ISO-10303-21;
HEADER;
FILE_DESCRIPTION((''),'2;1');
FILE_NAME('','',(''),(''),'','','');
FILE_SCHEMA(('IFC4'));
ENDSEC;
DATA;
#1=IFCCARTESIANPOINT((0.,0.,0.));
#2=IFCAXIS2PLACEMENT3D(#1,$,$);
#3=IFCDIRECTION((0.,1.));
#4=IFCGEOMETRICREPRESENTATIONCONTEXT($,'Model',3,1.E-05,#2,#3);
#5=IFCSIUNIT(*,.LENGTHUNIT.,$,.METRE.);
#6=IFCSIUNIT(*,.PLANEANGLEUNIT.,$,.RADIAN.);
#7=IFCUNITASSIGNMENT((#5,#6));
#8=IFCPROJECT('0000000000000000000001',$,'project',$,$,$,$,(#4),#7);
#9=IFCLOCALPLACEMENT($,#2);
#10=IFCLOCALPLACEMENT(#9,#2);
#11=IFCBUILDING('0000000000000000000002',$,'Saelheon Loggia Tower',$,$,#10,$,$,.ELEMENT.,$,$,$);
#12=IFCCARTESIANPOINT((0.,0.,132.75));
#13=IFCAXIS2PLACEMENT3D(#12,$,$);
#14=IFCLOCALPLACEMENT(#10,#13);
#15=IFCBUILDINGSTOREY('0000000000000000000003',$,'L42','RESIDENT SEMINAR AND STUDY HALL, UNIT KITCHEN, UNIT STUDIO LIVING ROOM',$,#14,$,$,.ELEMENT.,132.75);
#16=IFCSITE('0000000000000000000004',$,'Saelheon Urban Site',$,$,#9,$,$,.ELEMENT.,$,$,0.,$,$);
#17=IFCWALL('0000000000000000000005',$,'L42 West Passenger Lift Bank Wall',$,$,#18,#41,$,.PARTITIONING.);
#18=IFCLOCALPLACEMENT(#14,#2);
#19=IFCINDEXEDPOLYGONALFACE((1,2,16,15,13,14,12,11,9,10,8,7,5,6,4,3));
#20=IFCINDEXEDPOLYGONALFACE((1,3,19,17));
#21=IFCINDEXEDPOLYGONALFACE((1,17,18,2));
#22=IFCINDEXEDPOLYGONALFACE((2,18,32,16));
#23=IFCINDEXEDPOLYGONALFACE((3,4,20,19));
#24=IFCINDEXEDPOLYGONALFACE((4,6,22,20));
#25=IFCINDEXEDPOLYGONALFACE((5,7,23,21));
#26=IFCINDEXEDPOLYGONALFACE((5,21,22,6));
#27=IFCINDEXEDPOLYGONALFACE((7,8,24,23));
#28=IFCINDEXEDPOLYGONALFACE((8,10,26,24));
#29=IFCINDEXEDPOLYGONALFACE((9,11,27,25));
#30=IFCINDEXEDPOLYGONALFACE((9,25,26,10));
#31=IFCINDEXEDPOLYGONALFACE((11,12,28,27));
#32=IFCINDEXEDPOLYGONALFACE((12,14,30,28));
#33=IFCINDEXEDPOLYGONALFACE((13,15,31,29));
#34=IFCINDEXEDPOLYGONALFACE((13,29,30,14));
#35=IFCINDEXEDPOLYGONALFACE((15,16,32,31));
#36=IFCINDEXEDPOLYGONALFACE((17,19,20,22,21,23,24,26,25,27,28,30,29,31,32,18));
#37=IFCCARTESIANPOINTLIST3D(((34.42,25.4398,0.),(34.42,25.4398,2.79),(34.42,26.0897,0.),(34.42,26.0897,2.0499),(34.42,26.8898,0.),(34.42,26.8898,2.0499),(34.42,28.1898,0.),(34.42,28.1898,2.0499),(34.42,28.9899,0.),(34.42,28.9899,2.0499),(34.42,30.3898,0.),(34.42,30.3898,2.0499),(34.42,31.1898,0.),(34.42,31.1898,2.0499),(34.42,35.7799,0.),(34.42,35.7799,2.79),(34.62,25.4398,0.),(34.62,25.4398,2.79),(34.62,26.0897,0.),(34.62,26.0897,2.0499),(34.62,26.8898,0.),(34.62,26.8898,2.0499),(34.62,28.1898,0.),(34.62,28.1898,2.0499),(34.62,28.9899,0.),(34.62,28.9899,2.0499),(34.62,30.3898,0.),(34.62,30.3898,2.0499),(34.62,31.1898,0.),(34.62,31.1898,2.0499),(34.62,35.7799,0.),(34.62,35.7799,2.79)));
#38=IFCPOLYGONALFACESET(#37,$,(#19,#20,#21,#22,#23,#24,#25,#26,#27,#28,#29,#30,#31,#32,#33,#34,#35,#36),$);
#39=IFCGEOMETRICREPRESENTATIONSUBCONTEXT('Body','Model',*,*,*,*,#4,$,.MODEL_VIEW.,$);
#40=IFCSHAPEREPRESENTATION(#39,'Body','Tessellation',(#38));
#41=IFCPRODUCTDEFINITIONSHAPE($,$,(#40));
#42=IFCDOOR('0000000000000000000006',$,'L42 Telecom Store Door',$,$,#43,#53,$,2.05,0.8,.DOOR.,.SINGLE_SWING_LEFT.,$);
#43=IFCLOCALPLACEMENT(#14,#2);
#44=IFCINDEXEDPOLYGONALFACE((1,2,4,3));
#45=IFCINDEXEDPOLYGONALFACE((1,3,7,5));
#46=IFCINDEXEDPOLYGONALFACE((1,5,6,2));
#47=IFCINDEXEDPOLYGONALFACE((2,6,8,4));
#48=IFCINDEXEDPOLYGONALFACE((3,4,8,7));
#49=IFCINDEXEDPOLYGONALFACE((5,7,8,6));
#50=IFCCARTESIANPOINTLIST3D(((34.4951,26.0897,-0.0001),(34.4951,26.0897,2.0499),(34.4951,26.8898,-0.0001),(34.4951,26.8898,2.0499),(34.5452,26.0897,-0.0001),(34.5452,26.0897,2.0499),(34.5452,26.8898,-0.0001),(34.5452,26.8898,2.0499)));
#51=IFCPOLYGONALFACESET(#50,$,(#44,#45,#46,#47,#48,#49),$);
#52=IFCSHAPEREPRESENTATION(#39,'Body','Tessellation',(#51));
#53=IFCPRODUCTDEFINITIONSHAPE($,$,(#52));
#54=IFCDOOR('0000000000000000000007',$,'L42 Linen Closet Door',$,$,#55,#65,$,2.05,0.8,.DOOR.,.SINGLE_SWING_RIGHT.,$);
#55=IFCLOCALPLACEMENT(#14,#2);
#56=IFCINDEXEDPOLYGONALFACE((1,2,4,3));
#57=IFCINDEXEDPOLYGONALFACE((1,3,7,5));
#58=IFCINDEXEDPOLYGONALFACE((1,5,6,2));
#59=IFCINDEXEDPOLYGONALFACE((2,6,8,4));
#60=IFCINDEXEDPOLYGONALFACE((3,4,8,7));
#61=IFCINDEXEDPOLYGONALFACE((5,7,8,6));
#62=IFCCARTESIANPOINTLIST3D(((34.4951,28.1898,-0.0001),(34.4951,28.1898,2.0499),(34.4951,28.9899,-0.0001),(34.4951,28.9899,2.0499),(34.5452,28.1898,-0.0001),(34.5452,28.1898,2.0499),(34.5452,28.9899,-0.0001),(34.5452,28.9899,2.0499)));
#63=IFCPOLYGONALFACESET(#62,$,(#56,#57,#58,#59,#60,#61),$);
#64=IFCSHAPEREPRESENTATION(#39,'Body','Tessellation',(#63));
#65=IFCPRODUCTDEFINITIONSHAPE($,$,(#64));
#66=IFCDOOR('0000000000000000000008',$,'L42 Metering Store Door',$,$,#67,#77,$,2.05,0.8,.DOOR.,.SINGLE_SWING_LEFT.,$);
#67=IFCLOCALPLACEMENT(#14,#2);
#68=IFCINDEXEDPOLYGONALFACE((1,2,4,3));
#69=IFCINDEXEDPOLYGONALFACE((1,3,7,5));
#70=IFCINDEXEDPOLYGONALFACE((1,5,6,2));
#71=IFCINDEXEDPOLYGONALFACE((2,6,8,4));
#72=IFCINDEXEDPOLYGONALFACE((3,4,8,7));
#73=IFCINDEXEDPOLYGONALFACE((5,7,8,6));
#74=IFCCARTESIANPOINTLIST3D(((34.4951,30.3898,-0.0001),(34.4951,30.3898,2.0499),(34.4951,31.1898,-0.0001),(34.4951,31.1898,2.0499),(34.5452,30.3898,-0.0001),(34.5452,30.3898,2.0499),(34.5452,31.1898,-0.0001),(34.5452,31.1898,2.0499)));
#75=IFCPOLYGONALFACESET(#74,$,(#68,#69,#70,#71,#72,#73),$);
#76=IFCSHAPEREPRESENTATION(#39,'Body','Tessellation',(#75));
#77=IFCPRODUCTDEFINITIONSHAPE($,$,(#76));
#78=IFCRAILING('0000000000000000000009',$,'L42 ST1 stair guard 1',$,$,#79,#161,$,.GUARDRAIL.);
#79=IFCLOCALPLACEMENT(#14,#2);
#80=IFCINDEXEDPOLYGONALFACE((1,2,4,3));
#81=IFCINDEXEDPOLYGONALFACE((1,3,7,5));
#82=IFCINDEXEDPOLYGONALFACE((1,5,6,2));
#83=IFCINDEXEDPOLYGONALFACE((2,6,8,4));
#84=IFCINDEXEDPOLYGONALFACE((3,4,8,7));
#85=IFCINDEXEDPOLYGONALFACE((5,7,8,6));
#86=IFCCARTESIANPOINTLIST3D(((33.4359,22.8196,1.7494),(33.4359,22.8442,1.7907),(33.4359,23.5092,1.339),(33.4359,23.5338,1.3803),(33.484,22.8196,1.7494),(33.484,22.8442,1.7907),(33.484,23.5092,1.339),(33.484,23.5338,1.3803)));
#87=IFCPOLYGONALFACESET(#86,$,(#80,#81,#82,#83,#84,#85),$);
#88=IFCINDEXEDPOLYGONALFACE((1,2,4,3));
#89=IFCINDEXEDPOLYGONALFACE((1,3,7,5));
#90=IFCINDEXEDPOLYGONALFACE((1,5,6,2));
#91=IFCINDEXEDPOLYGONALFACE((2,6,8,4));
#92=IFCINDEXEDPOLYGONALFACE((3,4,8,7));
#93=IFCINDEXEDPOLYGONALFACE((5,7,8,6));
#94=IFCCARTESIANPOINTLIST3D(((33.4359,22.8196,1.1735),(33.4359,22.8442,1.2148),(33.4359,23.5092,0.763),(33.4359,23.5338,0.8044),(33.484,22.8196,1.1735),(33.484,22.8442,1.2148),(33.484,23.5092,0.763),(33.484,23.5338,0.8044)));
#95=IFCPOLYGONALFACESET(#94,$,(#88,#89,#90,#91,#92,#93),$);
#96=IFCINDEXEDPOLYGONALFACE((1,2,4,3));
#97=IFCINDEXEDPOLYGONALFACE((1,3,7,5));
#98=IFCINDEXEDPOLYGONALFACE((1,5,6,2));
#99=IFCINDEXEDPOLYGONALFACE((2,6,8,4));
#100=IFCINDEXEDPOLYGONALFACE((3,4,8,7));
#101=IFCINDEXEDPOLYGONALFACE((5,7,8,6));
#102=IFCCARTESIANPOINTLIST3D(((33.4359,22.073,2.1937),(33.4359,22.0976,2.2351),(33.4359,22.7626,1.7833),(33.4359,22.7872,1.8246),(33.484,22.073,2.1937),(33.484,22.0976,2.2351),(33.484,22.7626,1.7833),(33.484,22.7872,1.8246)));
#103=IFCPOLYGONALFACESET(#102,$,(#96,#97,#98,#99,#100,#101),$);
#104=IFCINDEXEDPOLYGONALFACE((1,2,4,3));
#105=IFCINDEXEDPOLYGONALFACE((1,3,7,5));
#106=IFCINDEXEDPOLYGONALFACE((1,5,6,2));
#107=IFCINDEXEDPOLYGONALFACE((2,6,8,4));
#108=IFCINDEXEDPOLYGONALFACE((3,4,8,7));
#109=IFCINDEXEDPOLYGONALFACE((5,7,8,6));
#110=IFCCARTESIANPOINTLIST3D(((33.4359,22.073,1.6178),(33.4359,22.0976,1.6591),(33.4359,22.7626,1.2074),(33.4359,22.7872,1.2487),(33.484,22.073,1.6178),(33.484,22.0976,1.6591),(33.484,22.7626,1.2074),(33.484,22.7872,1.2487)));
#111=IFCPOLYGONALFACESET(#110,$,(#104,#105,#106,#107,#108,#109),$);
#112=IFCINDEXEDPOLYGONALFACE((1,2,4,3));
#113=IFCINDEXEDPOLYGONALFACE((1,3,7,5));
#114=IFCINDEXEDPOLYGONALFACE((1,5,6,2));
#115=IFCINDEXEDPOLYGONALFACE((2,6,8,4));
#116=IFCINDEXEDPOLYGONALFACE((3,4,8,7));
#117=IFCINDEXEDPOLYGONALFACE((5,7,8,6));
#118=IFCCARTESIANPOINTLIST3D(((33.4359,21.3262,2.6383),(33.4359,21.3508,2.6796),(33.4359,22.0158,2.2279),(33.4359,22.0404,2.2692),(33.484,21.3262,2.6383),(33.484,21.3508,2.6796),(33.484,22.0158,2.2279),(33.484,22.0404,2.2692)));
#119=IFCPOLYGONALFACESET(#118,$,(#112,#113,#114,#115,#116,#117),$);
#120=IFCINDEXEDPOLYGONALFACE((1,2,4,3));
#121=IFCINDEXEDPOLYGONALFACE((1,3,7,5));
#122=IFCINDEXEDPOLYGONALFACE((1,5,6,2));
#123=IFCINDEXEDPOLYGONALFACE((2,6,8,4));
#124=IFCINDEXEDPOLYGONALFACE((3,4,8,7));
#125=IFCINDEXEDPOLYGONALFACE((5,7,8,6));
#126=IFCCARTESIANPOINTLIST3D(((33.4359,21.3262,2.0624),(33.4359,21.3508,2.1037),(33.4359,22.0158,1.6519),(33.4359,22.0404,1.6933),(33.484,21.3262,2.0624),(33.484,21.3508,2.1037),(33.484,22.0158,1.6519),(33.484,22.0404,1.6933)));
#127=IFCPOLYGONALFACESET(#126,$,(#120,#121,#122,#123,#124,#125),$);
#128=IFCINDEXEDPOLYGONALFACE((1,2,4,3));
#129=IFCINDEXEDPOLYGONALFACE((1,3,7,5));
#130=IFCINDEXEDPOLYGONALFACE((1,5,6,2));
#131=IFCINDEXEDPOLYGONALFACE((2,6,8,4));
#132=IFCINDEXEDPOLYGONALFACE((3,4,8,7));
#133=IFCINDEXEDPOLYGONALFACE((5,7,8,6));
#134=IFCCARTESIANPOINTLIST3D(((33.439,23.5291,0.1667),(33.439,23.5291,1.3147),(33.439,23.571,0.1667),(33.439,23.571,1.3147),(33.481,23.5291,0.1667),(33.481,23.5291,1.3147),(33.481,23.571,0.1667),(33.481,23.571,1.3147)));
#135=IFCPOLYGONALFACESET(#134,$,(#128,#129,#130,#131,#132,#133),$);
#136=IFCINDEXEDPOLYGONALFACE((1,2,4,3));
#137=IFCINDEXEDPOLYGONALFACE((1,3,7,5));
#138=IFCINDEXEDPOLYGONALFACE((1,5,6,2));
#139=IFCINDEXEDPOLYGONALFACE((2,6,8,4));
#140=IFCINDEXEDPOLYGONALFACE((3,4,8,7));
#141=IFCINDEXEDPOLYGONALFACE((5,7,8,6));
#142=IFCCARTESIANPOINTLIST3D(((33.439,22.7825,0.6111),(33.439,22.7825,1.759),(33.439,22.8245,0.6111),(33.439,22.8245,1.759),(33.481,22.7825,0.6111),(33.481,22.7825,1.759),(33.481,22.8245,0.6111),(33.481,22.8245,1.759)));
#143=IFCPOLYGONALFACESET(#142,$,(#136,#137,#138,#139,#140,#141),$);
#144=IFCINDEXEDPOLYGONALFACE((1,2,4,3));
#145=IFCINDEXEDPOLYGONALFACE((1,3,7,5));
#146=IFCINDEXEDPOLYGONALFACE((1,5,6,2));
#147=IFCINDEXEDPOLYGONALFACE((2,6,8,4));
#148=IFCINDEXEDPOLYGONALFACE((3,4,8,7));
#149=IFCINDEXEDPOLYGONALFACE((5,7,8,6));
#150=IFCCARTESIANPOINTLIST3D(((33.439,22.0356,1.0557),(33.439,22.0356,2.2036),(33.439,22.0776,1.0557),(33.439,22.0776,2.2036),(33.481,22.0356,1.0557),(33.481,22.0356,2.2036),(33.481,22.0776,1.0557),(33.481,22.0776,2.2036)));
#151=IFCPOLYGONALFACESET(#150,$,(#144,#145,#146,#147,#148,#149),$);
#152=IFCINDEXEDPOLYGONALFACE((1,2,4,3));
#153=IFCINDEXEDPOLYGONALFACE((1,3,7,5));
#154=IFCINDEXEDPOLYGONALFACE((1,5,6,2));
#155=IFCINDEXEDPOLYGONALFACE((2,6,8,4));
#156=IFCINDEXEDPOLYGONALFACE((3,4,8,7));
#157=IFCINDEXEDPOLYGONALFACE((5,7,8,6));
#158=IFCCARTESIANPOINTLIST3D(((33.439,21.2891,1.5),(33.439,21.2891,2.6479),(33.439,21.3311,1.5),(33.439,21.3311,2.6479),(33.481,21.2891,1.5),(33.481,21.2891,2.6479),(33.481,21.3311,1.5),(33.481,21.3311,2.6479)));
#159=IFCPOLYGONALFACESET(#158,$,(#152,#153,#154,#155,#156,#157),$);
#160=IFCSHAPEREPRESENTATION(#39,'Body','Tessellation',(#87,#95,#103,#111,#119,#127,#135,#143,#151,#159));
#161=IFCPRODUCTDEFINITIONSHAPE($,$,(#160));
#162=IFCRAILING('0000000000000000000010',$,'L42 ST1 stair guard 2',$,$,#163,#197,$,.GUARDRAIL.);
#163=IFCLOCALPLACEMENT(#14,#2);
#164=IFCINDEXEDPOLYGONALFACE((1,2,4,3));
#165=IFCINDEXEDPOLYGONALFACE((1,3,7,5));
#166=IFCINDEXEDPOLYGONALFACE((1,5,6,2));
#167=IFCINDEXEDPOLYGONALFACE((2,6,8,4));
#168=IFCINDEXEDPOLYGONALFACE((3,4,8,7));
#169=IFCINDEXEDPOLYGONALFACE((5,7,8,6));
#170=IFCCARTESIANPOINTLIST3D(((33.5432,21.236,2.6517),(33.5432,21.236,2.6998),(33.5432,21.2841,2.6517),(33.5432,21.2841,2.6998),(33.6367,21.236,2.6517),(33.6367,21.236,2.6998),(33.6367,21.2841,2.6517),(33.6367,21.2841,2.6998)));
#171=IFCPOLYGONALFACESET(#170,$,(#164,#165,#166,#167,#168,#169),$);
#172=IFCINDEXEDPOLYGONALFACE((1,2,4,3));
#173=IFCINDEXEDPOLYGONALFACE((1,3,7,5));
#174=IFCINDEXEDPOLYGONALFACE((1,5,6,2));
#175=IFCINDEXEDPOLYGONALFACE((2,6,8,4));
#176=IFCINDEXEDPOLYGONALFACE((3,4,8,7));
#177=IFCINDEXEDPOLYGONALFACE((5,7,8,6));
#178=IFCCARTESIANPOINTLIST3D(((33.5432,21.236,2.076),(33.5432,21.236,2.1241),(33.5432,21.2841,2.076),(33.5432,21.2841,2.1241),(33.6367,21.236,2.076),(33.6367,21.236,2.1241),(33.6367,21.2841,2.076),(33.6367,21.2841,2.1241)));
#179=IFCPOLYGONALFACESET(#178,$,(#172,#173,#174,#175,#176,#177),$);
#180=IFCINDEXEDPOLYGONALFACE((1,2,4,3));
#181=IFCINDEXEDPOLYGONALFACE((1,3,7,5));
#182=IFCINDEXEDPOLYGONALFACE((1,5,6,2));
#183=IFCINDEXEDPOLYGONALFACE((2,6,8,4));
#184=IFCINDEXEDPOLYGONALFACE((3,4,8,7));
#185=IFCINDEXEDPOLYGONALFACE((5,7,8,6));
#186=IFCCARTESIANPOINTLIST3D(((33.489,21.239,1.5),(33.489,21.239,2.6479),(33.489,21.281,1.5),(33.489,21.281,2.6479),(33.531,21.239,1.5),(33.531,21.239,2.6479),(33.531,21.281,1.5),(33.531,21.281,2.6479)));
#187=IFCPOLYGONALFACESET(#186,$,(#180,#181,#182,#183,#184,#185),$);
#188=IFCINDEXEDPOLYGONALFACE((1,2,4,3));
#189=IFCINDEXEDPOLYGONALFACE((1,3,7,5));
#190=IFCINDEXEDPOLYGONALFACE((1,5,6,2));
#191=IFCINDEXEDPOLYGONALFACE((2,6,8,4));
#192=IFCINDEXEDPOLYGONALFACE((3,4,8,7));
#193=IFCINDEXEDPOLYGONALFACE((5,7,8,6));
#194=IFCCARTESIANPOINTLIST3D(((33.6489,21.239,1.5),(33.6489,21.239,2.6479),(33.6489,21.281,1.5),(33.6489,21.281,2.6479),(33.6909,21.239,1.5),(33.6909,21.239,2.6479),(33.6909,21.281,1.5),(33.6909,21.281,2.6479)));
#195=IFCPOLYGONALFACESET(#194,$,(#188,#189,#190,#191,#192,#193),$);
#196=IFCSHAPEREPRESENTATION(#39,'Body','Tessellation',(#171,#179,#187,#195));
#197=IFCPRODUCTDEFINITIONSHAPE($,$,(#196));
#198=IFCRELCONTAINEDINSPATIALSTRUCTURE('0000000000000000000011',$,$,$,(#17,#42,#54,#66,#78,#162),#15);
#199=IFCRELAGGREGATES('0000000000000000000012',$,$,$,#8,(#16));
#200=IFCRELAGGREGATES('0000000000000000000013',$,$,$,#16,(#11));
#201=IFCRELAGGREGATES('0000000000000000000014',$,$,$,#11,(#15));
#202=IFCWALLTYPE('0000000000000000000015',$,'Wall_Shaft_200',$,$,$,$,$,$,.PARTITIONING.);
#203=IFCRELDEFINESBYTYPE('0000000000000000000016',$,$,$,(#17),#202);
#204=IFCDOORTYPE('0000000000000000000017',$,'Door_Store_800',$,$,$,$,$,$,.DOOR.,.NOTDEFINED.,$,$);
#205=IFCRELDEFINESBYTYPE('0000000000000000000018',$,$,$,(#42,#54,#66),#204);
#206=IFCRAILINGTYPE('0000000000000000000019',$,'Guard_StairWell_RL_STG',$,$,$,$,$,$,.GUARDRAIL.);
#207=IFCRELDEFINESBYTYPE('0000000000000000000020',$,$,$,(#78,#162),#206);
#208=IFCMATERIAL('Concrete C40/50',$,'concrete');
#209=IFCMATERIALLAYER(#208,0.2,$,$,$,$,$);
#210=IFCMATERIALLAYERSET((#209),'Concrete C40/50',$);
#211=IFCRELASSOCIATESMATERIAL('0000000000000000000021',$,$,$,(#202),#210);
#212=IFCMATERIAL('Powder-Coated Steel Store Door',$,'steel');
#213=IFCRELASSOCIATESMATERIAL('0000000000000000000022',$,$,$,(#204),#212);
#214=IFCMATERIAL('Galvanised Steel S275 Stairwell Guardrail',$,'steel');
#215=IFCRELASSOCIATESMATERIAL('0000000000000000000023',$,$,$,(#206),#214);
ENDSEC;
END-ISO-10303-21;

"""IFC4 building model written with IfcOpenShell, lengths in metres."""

from ifc_helpers import new_model, si_unit, direction, frame, frame_2d, origin, origin_2d, place, context, subcontext, project, spatial, rectangle, extrude, source, transform, mapped, material, layer, layer_set, type_object, element, fill, save


model = new_model("IFC4")

# Units and contexts
model_context = context("Model", 3, precision=1e-05, world=origin(), true_north=direction((0.0, 1.0)))
body_context = subcontext(model_context, "Body", "Model", "MODEL_VIEW")
ifc_project = project(units=[si_unit("LENGTHUNIT", "METRE"), si_unit("PLANEANGLEUNIT", "RADIAN")], contexts=[model_context])

# Site, building, storey
site_placement = place(None, origin())
site = spatial("IfcSite", under=ifc_project, at=site_placement, Name="Saelheon Urban Site", CompositionType="ELEMENT", RefElevation=0.0)
building_placement = place(site_placement, origin())
building = spatial("IfcBuilding", under=site, at=building_placement, Name="Saelheon Loggia Tower", CompositionType="ELEMENT")
storey_placement = place(building_placement, frame((0.0, 0.0, 132.75)))
storey = spatial("IfcBuildingStorey", under=building, at=storey_placement, Name="L42", Description="RESIDENT SEMINAR AND STUDY HALL, UNIT KITCHEN, UNIT STUDIO LIVING ROOM", CompositionType="ELEMENT", Elevation=132.75)

# Shared definitions
ifc_material_1 = material(Name="Concrete C40/50", Category="concrete")
ifc_layer = layer(ifc_material_1, 0.2)
ifc_layer_set = layer_set([ifc_layer], Name="Concrete C40/50")
wall_type = type_object("IfcWallType", Name="Wall_Shaft_200", PredefinedType="PARTITIONING", material=ifc_layer_set)
ifc_material_2 = material(Name="Powder-Coated Steel Store Door", Category="steel")
door_type_1 = type_object("IfcDoorType", Name="Door_Store_800", OperationType="NOTDEFINED", PredefinedType="DOOR", material=ifc_material_2)
shared_shape_1 = source(origin(), body_context, "Body", "SweptSolid", [
    extrude(rectangle(XDim=0.8, YDim=2.05, at=frame_2d((0.3999, 1.0249))), frame((0.0, 0.0249, 0.0), z_axis=(0.0, -1.0, 0.0), x_axis=(1.0, 0.0, 0.0)), (0.0, 0.0, 1.0), 0.05),
])

# Wall, openings, doors
wall_1_placement = place(storey_placement, frame((34.52, 25.4399, 0.0), z_axis=(0.0, 0.0, 1.0), x_axis=(0.0, 1.0, 0.0)))
wall_1 = element("IfcWall", 1, at=wall_1_placement, inside=storey, type_object=wall_type, Name="L42 West Passenger Lift Bank Wall", PredefinedType="PARTITIONING", context=body_context, shape_type="SweptSolid", body=[
    extrude(rectangle(XDim=10.3401, YDim=0.2, at=frame_2d((5.1699, 0.0))), origin(), (0.0, 0.0, 1.0), 2.79),
])
opening_1_placement = place(wall_1_placement, frame((0.6499, 0.0, 0.0)))
opening_1 = element("IfcOpeningElement", 2, at=opening_1_placement, cuts=wall_1, PredefinedType="OPENING", context=body_context, shape_type="SweptSolid", body=[
    extrude(rectangle(XDim=0.8, YDim=2.05, at=frame_2d((0.3999, 1.0249))), frame((0.0, 0.1121, 0.0), z_axis=(0.0, -1.0, 0.0), x_axis=(1.0, 0.0, 0.0)), (0.0, 0.0, 1.0), 0.2239),
])
opening_2_placement = place(wall_1_placement, frame((2.75, 0.0, 0.0)))
opening_2 = element("IfcOpeningElement", 3, at=opening_2_placement, cuts=wall_1, PredefinedType="OPENING", context=body_context, shape_type="SweptSolid", body=[
    extrude(rectangle(XDim=0.8, YDim=2.05, at=frame_2d((0.3999, 1.0249))), frame((0.0, 0.1121, 0.0), z_axis=(0.0, -1.0, 0.0), x_axis=(1.0, 0.0, 0.0)), (0.0, 0.0, 1.0), 0.2239),
])
opening_3_placement = place(wall_1_placement, frame((4.95, 0.0, 0.0)))
opening_3 = element("IfcOpeningElement", 4, at=opening_3_placement, cuts=wall_1, PredefinedType="OPENING", context=body_context, shape_type="SweptSolid", body=[
    extrude(rectangle(XDim=0.8, YDim=2.05, at=frame_2d((0.3999, 1.0249))), frame((0.0, 0.1121, 0.0), z_axis=(0.0, -1.0, 0.0), x_axis=(1.0, 0.0, 0.0)), (0.0, 0.0, 1.0), 0.2239),
])
door_1_placement = place(opening_1_placement, origin())
door_1 = element("IfcDoor", 5, at=door_1_placement, inside=storey, type_object=door_type_1, Name="L42 Telecom Store Door", OperationType="SINGLE_SWING_LEFT", OverallHeight=2.05, OverallWidth=0.8, PredefinedType="DOOR", context=body_context, shape_type="MappedRepresentation", body=[
    mapped(shared_shape_1, transform((0.0, 0.0, 0.0), scale=1.0)),
])
fill(opening_1, door_1)
door_2_placement = place(opening_2_placement, origin())
door_2 = element("IfcDoor", 6, at=door_2_placement, inside=storey, type_object=door_type_1, Name="L42 Linen Closet Door", OperationType="SINGLE_SWING_RIGHT", OverallHeight=2.05, OverallWidth=0.8, PredefinedType="DOOR", context=body_context, shape_type="MappedRepresentation", body=[
    mapped(shared_shape_1, transform((0.0, 0.0, 0.0), scale=1.0)),
])
fill(opening_2, door_2)
door_3_placement = place(opening_3_placement, origin())
door_3 = element("IfcDoor", 7, at=door_3_placement, inside=storey, type_object=door_type_1, Name="L42 Metering Store Door", OperationType="SINGLE_SWING_LEFT", OverallHeight=2.05, OverallWidth=0.8, PredefinedType="DOOR", context=body_context, shape_type="MappedRepresentation", body=[
    mapped(shared_shape_1, transform((0.0, 0.0, 0.0), scale=1.0)),
])
fill(opening_3, door_3)

# Railings
ifc_material_3 = material(Name="Galvanised Steel S275 Stairwell Guardrail", Category="steel")
railing_type_1 = type_object("IfcRailingType", Name="Guard_StairWell_RL_STG", PredefinedType="GUARDRAIL", material=ifc_material_3)
railing_1_placement = place(storey_placement, frame((33.46, 23.55, 0.1667)))
element("IfcRailing", 8, at=railing_1_placement, inside=storey, type_object=railing_type_1, Name="L42 ST1 stair guard 1", PredefinedType="GUARDRAIL", context=body_context, shape_type="SweptSolid", body=[
    extrude(rectangle(XDim=0.0481, YDim=0.0481, at=origin_2d()), frame((0.0, -0.0286, 1.1929), z_axis=(0.0, -0.859306, 0.511462), x_axis=(1.0, 0.0, 0.0)), (0.0, 0.0, 1.0), 0.8025),
    extrude(rectangle(XDim=0.0481, YDim=0.0481, at=origin_2d()), frame((0.0, -0.0286, 0.6169), z_axis=(0.0, -0.859306, 0.511462), x_axis=(1.0, 0.0, 0.0)), (0.0, 0.0, 1.0), 0.8025),
    extrude(rectangle(XDim=0.0481, YDim=0.0481, at=origin_2d()), frame((0.0, -0.7751, 1.6372), z_axis=(0.0, -0.859306, 0.511462), x_axis=(1.0, 0.0, 0.0)), (0.0, 0.0, 1.0), 0.8025),
    extrude(rectangle(XDim=0.0481, YDim=0.0481, at=origin_2d()), frame((0.0, -0.7751, 1.0613), z_axis=(0.0, -0.859306, 0.511462), x_axis=(1.0, 0.0, 0.0)), (0.0, 0.0, 1.0), 0.8025),
    extrude(rectangle(XDim=0.0481, YDim=0.0481, at=origin_2d()), frame((0.0, -1.522, 2.0818), z_axis=(0.0, -0.859306, 0.511462), x_axis=(1.0, 0.0, 0.0)), (0.0, 0.0, 1.0), 0.8025),
    extrude(rectangle(XDim=0.0481, YDim=0.0481, at=origin_2d()), frame((0.0, -1.522, 1.5059), z_axis=(0.0, -0.859306, 0.511462), x_axis=(1.0, 0.0, 0.0)), (0.0, 0.0, 1.0), 0.8025),
    extrude(rectangle(XDim=0.042, YDim=0.042, at=origin_2d()), origin(), (0.0, 0.0, 1.0), 1.1479),
    extrude(rectangle(XDim=0.042, YDim=0.042, at=origin_2d()), frame((0.0, -0.7466, 0.4443)), (0.0, 0.0, 1.0), 1.1479),
    extrude(rectangle(XDim=0.042, YDim=0.042, at=origin_2d()), frame((0.0, -1.4934, 0.8889)), (0.0, 0.0, 1.0), 1.1479),
    extrude(rectangle(XDim=0.042, YDim=0.042, at=origin_2d()), frame((0.0, -2.24, 1.3333)), (0.0, 0.0, 1.0), 1.1479),
])
railing_2_placement = place(storey_placement, frame((33.51, 21.26, 1.5)))
element("IfcRailing", 9, at=railing_2_placement, inside=storey, type_object=railing_type_1, Name="L42 ST1 stair guard 2", PredefinedType="GUARDRAIL", context=body_context, shape_type="SweptSolid", body=[
    extrude(rectangle(XDim=0.0481, YDim=0.0481, at=origin_2d()), frame((0.0332, 0.0, 1.1758), z_axis=(1.0, 0.0, 0.0), x_axis=(0.0, 1.0, 0.0)), (0.0, 0.0, 1.0), 0.0935),
    extrude(rectangle(XDim=0.0481, YDim=0.0481, at=origin_2d()), frame((0.0332, 0.0, 0.6001), z_axis=(1.0, 0.0, 0.0), x_axis=(0.0, 1.0, 0.0)), (0.0, 0.0, 1.0), 0.0935),
    extrude(rectangle(XDim=0.042, YDim=0.042, at=origin_2d()), origin(), (0.0, 0.0, 1.0), 1.1479),
    extrude(rectangle(XDim=0.042, YDim=0.042, at=origin_2d()), frame((0.1599, 0.0, 0.0)), (0.0, 0.0, 1.0), 1.1479),
])

save(model, "model.ifc")
